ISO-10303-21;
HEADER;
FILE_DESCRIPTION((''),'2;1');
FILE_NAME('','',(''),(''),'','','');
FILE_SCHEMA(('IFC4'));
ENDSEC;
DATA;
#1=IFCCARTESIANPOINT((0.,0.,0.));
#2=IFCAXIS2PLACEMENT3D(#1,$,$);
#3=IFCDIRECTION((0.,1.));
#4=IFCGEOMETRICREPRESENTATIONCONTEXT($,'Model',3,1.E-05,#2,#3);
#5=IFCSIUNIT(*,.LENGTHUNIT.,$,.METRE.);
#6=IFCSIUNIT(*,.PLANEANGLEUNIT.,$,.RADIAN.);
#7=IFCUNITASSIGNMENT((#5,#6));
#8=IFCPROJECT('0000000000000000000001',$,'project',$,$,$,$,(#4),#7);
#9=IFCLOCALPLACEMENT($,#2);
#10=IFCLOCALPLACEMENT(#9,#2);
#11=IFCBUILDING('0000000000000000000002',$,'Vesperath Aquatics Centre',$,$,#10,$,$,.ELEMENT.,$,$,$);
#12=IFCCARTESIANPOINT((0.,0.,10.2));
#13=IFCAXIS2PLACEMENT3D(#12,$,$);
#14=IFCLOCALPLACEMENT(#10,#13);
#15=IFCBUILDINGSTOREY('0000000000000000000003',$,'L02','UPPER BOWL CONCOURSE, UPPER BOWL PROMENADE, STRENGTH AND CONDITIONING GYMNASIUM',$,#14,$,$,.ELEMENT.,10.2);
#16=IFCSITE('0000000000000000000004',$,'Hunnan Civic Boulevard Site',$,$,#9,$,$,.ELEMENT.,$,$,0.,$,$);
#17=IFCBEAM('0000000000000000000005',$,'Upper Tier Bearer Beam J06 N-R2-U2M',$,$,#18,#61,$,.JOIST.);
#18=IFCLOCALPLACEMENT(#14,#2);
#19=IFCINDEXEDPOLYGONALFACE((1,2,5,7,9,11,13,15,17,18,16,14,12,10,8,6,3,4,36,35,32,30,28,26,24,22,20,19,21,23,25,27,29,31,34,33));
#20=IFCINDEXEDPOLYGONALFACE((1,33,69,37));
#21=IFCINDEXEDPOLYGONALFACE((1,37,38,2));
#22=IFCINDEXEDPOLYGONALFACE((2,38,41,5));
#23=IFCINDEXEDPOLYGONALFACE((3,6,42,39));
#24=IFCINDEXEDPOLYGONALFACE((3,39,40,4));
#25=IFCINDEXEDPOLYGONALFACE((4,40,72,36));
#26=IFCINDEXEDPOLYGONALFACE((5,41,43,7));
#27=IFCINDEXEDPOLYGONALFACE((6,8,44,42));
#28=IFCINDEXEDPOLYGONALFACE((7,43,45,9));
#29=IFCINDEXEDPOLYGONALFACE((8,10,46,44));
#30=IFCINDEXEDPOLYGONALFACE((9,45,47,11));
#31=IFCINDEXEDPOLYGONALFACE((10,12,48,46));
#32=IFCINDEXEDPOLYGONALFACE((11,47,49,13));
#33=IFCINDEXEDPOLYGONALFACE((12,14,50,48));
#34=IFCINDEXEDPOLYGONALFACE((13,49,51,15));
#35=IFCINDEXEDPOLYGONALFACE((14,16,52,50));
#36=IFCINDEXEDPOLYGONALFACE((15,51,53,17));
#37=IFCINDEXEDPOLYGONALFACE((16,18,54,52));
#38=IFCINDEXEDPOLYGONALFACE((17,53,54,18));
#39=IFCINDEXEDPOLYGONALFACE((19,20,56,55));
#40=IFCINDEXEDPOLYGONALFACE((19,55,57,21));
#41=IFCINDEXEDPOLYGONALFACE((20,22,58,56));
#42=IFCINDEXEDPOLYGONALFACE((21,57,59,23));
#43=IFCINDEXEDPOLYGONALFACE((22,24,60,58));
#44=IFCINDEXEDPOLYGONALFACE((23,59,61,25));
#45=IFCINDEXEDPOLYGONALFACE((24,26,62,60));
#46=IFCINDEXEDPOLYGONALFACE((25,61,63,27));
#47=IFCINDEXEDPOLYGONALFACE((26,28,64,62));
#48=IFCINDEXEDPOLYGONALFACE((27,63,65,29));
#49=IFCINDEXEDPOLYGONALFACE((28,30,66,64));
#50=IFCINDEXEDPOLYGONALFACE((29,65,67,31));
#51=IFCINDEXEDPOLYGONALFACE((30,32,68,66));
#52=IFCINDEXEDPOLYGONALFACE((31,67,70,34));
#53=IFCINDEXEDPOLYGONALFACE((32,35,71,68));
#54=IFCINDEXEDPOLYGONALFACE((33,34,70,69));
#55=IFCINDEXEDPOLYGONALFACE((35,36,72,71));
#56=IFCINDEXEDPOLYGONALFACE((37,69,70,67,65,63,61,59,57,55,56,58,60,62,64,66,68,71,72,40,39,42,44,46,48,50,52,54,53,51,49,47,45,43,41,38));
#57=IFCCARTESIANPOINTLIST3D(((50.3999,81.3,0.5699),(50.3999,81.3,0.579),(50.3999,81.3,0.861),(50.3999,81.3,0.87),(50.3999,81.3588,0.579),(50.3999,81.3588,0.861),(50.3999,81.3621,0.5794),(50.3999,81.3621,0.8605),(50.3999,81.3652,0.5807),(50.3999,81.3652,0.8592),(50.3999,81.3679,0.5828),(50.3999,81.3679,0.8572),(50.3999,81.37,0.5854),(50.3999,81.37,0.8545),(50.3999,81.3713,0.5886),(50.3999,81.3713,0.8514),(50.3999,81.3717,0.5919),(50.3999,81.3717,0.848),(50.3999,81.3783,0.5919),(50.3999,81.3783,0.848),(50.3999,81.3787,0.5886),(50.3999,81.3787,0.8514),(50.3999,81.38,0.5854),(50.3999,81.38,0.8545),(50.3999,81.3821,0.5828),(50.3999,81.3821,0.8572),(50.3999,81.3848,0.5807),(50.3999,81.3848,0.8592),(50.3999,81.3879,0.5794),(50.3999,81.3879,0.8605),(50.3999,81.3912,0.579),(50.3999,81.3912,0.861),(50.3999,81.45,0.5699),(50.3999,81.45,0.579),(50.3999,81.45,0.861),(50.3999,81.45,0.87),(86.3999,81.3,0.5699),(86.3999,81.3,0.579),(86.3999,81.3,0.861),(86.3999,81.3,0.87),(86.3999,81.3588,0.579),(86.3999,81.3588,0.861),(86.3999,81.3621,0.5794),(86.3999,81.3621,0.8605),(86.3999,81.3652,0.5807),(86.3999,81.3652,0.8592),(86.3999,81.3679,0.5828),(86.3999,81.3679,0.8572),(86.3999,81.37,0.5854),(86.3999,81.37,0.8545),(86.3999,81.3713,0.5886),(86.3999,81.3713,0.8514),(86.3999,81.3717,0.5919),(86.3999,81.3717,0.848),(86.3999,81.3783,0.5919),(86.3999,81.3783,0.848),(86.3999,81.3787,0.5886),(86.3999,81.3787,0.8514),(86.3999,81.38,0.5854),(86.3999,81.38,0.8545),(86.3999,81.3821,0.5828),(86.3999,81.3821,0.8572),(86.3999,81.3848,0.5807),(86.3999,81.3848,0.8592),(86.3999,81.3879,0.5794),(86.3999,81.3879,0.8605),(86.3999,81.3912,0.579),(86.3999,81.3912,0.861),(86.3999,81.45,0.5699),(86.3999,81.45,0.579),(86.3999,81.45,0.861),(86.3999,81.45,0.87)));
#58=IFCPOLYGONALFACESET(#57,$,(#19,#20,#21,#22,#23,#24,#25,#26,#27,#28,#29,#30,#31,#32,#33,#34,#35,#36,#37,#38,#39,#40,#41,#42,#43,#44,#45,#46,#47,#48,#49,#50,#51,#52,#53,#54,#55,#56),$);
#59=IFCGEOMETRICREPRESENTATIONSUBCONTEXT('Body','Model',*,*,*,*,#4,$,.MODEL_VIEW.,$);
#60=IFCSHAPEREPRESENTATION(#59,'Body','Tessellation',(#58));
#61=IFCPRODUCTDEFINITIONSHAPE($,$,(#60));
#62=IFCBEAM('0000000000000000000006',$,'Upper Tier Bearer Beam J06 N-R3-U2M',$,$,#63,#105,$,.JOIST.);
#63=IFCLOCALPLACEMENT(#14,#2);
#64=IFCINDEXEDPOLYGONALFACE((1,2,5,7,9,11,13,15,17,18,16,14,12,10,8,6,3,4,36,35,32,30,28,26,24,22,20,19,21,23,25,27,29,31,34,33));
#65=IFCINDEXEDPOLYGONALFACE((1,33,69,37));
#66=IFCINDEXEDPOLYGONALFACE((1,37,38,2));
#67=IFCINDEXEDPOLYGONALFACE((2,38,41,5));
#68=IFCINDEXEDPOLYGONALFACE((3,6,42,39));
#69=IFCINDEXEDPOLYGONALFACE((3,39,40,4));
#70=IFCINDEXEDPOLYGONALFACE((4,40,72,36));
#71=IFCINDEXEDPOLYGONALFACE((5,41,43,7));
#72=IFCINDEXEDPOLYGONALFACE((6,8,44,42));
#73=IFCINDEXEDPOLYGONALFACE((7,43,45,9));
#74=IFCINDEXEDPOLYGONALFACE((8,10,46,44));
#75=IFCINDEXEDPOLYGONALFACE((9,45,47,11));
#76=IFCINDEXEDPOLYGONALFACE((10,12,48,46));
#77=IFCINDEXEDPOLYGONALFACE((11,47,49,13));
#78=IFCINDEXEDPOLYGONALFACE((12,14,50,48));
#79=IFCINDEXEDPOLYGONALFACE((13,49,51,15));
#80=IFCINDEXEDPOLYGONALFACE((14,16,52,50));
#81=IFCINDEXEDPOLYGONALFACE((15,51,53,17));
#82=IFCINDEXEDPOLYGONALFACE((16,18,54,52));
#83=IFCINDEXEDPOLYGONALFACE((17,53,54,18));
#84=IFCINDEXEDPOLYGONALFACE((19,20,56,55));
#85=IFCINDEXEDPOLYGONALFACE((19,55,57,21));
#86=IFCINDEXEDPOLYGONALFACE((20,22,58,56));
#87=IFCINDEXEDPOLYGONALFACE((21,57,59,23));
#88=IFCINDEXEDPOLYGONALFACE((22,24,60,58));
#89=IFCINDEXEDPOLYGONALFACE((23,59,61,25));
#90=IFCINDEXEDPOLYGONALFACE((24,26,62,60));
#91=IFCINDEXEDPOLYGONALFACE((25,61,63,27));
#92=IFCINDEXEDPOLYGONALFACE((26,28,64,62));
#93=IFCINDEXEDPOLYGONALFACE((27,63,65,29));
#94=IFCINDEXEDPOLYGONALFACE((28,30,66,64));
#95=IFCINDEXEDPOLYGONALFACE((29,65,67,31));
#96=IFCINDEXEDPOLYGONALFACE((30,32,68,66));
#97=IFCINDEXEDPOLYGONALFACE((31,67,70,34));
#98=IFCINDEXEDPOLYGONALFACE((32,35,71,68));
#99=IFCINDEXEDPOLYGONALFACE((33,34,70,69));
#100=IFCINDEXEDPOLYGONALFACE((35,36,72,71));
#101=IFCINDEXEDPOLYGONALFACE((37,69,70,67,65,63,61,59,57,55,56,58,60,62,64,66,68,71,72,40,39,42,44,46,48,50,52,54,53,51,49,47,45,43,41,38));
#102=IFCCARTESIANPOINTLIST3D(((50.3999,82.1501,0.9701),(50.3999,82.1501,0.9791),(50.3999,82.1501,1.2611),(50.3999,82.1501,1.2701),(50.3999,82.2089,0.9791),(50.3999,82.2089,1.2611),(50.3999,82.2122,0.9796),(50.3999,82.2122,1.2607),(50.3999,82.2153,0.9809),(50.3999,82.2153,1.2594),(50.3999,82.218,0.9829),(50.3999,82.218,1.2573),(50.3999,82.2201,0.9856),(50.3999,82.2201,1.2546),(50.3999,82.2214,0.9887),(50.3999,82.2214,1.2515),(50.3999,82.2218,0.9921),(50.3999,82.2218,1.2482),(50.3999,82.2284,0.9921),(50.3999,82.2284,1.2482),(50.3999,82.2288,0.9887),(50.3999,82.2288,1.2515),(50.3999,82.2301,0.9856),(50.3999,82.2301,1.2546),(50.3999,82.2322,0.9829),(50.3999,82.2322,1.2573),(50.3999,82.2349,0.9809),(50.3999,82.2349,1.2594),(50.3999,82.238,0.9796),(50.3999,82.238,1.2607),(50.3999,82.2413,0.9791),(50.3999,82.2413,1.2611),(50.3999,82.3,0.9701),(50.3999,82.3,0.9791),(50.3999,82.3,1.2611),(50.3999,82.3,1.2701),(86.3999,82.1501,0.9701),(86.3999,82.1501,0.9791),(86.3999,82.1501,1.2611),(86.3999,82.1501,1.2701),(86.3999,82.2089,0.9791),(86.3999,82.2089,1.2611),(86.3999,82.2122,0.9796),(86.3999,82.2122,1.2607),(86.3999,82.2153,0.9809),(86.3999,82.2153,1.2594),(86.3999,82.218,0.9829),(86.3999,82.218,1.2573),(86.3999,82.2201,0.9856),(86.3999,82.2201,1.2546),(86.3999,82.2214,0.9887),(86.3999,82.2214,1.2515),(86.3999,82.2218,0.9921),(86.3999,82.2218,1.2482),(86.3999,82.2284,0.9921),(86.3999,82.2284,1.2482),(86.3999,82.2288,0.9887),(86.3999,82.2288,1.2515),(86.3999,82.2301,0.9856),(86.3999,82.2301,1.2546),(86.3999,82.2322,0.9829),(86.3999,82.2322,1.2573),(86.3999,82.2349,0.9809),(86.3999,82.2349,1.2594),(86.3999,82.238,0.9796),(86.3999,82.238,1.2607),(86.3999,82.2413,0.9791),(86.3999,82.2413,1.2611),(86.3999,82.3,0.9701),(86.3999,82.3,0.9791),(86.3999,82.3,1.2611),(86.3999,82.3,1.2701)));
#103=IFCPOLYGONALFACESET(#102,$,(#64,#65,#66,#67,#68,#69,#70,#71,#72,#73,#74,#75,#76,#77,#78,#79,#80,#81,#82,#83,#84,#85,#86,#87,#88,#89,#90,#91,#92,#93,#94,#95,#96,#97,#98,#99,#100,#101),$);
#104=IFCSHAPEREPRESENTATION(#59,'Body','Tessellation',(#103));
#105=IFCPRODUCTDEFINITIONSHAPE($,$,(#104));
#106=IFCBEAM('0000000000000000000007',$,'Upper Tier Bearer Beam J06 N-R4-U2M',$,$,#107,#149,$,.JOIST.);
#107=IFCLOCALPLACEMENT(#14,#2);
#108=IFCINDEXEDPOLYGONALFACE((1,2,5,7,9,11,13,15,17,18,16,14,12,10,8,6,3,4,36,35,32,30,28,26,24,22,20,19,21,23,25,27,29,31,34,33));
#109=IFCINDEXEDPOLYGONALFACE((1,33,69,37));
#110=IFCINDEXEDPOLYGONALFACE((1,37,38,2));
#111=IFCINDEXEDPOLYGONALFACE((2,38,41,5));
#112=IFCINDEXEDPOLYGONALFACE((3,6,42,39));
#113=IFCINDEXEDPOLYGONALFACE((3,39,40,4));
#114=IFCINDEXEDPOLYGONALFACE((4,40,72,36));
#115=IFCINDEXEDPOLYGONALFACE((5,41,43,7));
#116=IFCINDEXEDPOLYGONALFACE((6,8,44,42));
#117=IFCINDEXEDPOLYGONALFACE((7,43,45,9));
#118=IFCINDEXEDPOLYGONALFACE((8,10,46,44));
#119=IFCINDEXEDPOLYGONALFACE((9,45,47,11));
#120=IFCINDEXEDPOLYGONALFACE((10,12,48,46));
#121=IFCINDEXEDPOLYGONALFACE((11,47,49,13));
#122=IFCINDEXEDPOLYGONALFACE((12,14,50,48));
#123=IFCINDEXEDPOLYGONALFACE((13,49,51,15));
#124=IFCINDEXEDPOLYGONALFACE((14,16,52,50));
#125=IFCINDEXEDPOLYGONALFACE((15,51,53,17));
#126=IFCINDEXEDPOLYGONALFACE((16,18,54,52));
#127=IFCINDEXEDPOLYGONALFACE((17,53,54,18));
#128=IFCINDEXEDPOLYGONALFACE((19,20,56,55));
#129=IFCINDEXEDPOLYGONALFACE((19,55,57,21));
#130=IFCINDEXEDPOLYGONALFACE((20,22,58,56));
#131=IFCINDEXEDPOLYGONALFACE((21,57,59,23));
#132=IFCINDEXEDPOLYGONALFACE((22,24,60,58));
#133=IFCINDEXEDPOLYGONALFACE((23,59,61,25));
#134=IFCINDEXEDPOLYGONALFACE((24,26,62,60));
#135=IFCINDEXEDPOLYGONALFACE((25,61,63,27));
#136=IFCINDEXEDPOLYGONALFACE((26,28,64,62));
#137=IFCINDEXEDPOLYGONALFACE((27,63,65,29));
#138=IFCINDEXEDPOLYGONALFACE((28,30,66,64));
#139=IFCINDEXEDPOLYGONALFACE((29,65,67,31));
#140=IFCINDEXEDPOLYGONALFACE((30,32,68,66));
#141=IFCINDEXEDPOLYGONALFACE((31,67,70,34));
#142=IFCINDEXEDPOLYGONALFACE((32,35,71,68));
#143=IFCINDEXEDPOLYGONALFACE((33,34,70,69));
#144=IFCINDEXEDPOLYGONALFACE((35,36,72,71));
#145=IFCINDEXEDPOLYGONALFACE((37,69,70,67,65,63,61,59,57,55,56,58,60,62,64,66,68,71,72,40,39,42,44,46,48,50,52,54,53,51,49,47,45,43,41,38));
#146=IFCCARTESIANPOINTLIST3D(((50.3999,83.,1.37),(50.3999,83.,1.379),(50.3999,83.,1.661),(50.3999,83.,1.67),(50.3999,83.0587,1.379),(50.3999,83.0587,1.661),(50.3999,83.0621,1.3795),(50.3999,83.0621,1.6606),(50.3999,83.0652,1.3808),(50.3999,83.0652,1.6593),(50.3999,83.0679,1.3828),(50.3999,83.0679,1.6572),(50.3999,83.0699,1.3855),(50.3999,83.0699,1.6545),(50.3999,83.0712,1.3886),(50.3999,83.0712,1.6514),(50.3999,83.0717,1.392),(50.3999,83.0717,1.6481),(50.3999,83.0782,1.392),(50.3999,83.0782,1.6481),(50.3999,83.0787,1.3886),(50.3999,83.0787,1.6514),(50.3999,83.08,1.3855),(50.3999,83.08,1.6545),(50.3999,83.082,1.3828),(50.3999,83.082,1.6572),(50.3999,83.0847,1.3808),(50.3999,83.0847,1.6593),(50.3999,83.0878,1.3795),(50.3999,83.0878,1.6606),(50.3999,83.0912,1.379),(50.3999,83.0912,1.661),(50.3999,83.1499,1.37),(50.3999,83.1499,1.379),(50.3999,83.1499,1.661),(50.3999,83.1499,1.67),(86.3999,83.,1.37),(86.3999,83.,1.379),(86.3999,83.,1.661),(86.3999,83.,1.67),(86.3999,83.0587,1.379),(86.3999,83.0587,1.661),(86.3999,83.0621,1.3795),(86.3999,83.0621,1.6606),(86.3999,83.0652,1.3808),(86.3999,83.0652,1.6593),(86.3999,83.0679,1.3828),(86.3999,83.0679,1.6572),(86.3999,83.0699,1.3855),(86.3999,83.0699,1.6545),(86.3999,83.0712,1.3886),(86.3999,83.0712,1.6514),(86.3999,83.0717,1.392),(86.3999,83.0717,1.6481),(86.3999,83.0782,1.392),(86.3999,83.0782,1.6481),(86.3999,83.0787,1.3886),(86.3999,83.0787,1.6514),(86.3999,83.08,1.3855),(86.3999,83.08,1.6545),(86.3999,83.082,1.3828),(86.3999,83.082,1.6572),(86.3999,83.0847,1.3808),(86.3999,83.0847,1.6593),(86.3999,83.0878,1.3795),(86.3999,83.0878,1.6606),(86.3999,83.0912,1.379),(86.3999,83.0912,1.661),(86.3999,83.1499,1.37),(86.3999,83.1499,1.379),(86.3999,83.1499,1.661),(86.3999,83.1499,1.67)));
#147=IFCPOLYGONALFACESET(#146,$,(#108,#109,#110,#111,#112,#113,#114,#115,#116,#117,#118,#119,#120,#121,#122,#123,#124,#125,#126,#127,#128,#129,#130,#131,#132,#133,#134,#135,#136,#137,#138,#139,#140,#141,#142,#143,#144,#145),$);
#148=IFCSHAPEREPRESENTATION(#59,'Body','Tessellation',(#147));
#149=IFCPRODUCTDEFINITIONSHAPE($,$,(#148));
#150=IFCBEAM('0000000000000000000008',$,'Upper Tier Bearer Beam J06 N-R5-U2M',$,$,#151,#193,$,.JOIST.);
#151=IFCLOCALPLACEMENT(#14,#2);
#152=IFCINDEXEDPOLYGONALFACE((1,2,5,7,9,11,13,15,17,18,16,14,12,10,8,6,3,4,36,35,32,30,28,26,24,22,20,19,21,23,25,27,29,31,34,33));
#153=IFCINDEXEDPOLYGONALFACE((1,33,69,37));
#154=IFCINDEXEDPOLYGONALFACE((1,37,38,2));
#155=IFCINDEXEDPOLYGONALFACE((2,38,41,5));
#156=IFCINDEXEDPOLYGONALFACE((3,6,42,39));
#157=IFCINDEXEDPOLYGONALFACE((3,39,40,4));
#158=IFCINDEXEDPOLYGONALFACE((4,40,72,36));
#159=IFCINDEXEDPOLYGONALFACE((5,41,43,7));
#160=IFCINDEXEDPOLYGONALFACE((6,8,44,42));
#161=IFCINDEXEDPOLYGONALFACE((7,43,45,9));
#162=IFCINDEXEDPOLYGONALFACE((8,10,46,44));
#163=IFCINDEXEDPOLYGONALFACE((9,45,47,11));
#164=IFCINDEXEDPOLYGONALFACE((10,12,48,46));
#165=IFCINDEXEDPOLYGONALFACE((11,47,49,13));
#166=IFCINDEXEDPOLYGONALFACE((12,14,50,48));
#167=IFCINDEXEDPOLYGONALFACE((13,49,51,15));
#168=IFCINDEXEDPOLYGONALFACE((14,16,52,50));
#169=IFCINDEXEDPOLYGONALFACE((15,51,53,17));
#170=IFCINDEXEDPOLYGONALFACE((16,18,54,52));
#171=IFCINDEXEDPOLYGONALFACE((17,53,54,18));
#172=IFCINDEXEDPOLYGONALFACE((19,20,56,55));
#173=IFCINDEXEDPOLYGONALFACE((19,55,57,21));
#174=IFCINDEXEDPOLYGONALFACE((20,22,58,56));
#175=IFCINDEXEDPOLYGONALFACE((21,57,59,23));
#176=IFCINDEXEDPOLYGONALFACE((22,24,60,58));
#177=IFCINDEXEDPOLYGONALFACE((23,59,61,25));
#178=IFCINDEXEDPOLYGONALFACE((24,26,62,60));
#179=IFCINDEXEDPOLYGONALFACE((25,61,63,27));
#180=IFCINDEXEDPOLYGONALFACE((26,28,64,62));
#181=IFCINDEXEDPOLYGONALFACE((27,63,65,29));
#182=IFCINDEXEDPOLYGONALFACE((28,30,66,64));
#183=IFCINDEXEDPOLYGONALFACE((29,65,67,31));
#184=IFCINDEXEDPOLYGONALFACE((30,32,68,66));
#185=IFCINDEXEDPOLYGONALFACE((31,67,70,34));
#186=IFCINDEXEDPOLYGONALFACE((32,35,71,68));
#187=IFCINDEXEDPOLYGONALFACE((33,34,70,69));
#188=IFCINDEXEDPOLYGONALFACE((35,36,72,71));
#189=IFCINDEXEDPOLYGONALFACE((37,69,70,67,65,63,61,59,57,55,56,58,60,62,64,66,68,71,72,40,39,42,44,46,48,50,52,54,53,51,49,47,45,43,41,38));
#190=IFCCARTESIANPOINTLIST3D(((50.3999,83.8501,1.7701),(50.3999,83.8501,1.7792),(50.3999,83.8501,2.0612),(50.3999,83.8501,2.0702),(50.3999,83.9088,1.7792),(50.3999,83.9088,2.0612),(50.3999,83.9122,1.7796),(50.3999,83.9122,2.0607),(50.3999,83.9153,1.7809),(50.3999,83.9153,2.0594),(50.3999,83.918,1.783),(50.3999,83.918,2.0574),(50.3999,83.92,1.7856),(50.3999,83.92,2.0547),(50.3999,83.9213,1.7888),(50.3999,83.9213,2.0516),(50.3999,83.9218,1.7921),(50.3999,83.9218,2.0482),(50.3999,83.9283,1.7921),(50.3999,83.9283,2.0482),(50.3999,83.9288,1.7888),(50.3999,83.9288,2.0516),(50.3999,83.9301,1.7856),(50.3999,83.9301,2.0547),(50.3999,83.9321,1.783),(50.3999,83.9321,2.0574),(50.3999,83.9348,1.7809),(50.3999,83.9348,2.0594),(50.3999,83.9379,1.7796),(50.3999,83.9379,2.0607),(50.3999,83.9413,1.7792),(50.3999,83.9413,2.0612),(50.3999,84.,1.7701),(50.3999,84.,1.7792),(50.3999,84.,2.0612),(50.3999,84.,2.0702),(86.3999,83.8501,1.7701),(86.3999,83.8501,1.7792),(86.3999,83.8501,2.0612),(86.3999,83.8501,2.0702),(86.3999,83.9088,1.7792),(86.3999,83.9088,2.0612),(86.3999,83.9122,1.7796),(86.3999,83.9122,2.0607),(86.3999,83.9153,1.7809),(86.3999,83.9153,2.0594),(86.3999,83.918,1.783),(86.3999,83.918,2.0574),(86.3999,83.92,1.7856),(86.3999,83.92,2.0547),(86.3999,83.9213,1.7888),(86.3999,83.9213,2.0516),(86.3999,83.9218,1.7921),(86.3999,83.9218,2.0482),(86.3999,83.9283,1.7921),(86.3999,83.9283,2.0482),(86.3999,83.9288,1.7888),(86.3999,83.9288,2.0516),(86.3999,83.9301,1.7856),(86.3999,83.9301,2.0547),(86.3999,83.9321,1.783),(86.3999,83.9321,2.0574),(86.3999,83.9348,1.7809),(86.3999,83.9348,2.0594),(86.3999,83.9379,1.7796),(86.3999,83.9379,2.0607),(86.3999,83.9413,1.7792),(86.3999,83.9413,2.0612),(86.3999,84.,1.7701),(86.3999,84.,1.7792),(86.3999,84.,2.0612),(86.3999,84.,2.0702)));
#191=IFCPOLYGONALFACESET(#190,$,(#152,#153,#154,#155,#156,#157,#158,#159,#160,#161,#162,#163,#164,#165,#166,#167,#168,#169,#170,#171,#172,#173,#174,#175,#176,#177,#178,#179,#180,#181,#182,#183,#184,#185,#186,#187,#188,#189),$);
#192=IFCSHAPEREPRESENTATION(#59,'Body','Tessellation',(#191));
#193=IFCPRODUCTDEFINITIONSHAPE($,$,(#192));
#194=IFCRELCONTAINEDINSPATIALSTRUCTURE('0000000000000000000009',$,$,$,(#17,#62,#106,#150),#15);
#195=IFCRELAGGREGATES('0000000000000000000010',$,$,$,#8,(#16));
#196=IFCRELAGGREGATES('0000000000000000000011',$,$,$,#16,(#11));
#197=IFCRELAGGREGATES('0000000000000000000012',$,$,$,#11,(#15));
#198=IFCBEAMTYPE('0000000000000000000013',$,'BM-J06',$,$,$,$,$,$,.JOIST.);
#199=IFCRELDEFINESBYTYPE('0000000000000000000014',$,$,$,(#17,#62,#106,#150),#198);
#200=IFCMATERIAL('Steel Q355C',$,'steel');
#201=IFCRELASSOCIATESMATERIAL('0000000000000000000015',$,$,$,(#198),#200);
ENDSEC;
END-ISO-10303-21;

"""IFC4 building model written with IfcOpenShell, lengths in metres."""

from ifc_helpers import new_model, si_unit, direction, frame, origin, origin_2d, place, context, subcontext, project, spatial, i_section, extrude, material, material_profile, profile_set, type_object, element, save


model = new_model("IFC4")

# Units and contexts
model_context = context("Model", 3, precision=1e-05, world=origin(), true_north=direction((0.0, 1.0)))
body_context = subcontext(model_context, "Body", "Model", "MODEL_VIEW")
ifc_project = project(units=[si_unit("LENGTHUNIT", "METRE"), si_unit("PLANEANGLEUNIT", "RADIAN")], contexts=[model_context])

# Site, building, storey
site_placement = place(None, origin())
site = spatial("IfcSite", under=ifc_project, at=site_placement, Name="Hunnan Civic Boulevard Site", CompositionType="ELEMENT", RefElevation=0.0)
building_placement = place(site_placement, origin())
building = spatial("IfcBuilding", under=site, at=building_placement, Name="Vesperath Aquatics Centre", CompositionType="ELEMENT")
storey_placement = place(building_placement, frame((0.0, 0.0, 10.2)))
storey = spatial("IfcBuildingStorey", under=building, at=storey_placement, Name="L02", Description="UPPER BOWL CONCOURSE, UPPER BOWL PROMENADE, STRENGTH AND CONDITIONING GYMNASIUM", CompositionType="ELEMENT", Elevation=10.2)

# Beams
ifc_material_1 = material(Name="Steel Q355C", Category="steel")
ifc_material_profile_1 = material_profile(ifc_material_1, i_section(OverallWidth=0.1499, OverallDepth=0.3, WebThickness=0.0066, FlangeThickness=0.009, FilletRadius=0.0129, at=origin_2d()), Name="HN 300x150x6.5x9")
ifc_profile_set_1 = profile_set([ifc_material_profile_1], Name="Steel Q355C")
beam_type_1 = type_object("IfcBeamType", Name="BM-J06", PredefinedType="JOIST", material=ifc_profile_set_1)
for number, where, z_axis, x_axis, name in (
    (1, (50.3999, 81.375, 0.72), (1.0, 0.0, 0.0), (0.0, 1.0, 0.0), "Upper Tier Bearer Beam J06 N-R2-U2M"),
    (2, (50.3999, 82.2251, 1.1201), (1.0, 0.0, 0.0), (0.0, 1.0, 0.0), "Upper Tier Bearer Beam J06 N-R3-U2M"),
    (3, (50.3999, 83.075, 1.52), (1.0, 0.0, 0.0), (0.0, 1.0, 0.0), "Upper Tier Bearer Beam J06 N-R4-U2M"),
    (4, (50.3999, 83.925, 1.9202), (1.0, 0.0, 0.0), (0.0, 1.0, 0.0), "Upper Tier Bearer Beam J06 N-R5-U2M"),
):
    element("IfcBeam", number, at=place(storey_placement, frame(where, z_axis=z_axis, x_axis=x_axis)), inside=storey, type_object=beam_type_1, Name=name, PredefinedType="JOIST", context=body_context, shape_type="SweptSolid", body=[
        extrude(i_section(OverallWidth=0.1499, OverallDepth=0.3, WebThickness=0.0066, FlangeThickness=0.009, FilletRadius=0.0129, at=origin_2d()), origin(), (0.0, 0.0, 1.0), 36.0),
    ])

save(model, "model.ifc")
